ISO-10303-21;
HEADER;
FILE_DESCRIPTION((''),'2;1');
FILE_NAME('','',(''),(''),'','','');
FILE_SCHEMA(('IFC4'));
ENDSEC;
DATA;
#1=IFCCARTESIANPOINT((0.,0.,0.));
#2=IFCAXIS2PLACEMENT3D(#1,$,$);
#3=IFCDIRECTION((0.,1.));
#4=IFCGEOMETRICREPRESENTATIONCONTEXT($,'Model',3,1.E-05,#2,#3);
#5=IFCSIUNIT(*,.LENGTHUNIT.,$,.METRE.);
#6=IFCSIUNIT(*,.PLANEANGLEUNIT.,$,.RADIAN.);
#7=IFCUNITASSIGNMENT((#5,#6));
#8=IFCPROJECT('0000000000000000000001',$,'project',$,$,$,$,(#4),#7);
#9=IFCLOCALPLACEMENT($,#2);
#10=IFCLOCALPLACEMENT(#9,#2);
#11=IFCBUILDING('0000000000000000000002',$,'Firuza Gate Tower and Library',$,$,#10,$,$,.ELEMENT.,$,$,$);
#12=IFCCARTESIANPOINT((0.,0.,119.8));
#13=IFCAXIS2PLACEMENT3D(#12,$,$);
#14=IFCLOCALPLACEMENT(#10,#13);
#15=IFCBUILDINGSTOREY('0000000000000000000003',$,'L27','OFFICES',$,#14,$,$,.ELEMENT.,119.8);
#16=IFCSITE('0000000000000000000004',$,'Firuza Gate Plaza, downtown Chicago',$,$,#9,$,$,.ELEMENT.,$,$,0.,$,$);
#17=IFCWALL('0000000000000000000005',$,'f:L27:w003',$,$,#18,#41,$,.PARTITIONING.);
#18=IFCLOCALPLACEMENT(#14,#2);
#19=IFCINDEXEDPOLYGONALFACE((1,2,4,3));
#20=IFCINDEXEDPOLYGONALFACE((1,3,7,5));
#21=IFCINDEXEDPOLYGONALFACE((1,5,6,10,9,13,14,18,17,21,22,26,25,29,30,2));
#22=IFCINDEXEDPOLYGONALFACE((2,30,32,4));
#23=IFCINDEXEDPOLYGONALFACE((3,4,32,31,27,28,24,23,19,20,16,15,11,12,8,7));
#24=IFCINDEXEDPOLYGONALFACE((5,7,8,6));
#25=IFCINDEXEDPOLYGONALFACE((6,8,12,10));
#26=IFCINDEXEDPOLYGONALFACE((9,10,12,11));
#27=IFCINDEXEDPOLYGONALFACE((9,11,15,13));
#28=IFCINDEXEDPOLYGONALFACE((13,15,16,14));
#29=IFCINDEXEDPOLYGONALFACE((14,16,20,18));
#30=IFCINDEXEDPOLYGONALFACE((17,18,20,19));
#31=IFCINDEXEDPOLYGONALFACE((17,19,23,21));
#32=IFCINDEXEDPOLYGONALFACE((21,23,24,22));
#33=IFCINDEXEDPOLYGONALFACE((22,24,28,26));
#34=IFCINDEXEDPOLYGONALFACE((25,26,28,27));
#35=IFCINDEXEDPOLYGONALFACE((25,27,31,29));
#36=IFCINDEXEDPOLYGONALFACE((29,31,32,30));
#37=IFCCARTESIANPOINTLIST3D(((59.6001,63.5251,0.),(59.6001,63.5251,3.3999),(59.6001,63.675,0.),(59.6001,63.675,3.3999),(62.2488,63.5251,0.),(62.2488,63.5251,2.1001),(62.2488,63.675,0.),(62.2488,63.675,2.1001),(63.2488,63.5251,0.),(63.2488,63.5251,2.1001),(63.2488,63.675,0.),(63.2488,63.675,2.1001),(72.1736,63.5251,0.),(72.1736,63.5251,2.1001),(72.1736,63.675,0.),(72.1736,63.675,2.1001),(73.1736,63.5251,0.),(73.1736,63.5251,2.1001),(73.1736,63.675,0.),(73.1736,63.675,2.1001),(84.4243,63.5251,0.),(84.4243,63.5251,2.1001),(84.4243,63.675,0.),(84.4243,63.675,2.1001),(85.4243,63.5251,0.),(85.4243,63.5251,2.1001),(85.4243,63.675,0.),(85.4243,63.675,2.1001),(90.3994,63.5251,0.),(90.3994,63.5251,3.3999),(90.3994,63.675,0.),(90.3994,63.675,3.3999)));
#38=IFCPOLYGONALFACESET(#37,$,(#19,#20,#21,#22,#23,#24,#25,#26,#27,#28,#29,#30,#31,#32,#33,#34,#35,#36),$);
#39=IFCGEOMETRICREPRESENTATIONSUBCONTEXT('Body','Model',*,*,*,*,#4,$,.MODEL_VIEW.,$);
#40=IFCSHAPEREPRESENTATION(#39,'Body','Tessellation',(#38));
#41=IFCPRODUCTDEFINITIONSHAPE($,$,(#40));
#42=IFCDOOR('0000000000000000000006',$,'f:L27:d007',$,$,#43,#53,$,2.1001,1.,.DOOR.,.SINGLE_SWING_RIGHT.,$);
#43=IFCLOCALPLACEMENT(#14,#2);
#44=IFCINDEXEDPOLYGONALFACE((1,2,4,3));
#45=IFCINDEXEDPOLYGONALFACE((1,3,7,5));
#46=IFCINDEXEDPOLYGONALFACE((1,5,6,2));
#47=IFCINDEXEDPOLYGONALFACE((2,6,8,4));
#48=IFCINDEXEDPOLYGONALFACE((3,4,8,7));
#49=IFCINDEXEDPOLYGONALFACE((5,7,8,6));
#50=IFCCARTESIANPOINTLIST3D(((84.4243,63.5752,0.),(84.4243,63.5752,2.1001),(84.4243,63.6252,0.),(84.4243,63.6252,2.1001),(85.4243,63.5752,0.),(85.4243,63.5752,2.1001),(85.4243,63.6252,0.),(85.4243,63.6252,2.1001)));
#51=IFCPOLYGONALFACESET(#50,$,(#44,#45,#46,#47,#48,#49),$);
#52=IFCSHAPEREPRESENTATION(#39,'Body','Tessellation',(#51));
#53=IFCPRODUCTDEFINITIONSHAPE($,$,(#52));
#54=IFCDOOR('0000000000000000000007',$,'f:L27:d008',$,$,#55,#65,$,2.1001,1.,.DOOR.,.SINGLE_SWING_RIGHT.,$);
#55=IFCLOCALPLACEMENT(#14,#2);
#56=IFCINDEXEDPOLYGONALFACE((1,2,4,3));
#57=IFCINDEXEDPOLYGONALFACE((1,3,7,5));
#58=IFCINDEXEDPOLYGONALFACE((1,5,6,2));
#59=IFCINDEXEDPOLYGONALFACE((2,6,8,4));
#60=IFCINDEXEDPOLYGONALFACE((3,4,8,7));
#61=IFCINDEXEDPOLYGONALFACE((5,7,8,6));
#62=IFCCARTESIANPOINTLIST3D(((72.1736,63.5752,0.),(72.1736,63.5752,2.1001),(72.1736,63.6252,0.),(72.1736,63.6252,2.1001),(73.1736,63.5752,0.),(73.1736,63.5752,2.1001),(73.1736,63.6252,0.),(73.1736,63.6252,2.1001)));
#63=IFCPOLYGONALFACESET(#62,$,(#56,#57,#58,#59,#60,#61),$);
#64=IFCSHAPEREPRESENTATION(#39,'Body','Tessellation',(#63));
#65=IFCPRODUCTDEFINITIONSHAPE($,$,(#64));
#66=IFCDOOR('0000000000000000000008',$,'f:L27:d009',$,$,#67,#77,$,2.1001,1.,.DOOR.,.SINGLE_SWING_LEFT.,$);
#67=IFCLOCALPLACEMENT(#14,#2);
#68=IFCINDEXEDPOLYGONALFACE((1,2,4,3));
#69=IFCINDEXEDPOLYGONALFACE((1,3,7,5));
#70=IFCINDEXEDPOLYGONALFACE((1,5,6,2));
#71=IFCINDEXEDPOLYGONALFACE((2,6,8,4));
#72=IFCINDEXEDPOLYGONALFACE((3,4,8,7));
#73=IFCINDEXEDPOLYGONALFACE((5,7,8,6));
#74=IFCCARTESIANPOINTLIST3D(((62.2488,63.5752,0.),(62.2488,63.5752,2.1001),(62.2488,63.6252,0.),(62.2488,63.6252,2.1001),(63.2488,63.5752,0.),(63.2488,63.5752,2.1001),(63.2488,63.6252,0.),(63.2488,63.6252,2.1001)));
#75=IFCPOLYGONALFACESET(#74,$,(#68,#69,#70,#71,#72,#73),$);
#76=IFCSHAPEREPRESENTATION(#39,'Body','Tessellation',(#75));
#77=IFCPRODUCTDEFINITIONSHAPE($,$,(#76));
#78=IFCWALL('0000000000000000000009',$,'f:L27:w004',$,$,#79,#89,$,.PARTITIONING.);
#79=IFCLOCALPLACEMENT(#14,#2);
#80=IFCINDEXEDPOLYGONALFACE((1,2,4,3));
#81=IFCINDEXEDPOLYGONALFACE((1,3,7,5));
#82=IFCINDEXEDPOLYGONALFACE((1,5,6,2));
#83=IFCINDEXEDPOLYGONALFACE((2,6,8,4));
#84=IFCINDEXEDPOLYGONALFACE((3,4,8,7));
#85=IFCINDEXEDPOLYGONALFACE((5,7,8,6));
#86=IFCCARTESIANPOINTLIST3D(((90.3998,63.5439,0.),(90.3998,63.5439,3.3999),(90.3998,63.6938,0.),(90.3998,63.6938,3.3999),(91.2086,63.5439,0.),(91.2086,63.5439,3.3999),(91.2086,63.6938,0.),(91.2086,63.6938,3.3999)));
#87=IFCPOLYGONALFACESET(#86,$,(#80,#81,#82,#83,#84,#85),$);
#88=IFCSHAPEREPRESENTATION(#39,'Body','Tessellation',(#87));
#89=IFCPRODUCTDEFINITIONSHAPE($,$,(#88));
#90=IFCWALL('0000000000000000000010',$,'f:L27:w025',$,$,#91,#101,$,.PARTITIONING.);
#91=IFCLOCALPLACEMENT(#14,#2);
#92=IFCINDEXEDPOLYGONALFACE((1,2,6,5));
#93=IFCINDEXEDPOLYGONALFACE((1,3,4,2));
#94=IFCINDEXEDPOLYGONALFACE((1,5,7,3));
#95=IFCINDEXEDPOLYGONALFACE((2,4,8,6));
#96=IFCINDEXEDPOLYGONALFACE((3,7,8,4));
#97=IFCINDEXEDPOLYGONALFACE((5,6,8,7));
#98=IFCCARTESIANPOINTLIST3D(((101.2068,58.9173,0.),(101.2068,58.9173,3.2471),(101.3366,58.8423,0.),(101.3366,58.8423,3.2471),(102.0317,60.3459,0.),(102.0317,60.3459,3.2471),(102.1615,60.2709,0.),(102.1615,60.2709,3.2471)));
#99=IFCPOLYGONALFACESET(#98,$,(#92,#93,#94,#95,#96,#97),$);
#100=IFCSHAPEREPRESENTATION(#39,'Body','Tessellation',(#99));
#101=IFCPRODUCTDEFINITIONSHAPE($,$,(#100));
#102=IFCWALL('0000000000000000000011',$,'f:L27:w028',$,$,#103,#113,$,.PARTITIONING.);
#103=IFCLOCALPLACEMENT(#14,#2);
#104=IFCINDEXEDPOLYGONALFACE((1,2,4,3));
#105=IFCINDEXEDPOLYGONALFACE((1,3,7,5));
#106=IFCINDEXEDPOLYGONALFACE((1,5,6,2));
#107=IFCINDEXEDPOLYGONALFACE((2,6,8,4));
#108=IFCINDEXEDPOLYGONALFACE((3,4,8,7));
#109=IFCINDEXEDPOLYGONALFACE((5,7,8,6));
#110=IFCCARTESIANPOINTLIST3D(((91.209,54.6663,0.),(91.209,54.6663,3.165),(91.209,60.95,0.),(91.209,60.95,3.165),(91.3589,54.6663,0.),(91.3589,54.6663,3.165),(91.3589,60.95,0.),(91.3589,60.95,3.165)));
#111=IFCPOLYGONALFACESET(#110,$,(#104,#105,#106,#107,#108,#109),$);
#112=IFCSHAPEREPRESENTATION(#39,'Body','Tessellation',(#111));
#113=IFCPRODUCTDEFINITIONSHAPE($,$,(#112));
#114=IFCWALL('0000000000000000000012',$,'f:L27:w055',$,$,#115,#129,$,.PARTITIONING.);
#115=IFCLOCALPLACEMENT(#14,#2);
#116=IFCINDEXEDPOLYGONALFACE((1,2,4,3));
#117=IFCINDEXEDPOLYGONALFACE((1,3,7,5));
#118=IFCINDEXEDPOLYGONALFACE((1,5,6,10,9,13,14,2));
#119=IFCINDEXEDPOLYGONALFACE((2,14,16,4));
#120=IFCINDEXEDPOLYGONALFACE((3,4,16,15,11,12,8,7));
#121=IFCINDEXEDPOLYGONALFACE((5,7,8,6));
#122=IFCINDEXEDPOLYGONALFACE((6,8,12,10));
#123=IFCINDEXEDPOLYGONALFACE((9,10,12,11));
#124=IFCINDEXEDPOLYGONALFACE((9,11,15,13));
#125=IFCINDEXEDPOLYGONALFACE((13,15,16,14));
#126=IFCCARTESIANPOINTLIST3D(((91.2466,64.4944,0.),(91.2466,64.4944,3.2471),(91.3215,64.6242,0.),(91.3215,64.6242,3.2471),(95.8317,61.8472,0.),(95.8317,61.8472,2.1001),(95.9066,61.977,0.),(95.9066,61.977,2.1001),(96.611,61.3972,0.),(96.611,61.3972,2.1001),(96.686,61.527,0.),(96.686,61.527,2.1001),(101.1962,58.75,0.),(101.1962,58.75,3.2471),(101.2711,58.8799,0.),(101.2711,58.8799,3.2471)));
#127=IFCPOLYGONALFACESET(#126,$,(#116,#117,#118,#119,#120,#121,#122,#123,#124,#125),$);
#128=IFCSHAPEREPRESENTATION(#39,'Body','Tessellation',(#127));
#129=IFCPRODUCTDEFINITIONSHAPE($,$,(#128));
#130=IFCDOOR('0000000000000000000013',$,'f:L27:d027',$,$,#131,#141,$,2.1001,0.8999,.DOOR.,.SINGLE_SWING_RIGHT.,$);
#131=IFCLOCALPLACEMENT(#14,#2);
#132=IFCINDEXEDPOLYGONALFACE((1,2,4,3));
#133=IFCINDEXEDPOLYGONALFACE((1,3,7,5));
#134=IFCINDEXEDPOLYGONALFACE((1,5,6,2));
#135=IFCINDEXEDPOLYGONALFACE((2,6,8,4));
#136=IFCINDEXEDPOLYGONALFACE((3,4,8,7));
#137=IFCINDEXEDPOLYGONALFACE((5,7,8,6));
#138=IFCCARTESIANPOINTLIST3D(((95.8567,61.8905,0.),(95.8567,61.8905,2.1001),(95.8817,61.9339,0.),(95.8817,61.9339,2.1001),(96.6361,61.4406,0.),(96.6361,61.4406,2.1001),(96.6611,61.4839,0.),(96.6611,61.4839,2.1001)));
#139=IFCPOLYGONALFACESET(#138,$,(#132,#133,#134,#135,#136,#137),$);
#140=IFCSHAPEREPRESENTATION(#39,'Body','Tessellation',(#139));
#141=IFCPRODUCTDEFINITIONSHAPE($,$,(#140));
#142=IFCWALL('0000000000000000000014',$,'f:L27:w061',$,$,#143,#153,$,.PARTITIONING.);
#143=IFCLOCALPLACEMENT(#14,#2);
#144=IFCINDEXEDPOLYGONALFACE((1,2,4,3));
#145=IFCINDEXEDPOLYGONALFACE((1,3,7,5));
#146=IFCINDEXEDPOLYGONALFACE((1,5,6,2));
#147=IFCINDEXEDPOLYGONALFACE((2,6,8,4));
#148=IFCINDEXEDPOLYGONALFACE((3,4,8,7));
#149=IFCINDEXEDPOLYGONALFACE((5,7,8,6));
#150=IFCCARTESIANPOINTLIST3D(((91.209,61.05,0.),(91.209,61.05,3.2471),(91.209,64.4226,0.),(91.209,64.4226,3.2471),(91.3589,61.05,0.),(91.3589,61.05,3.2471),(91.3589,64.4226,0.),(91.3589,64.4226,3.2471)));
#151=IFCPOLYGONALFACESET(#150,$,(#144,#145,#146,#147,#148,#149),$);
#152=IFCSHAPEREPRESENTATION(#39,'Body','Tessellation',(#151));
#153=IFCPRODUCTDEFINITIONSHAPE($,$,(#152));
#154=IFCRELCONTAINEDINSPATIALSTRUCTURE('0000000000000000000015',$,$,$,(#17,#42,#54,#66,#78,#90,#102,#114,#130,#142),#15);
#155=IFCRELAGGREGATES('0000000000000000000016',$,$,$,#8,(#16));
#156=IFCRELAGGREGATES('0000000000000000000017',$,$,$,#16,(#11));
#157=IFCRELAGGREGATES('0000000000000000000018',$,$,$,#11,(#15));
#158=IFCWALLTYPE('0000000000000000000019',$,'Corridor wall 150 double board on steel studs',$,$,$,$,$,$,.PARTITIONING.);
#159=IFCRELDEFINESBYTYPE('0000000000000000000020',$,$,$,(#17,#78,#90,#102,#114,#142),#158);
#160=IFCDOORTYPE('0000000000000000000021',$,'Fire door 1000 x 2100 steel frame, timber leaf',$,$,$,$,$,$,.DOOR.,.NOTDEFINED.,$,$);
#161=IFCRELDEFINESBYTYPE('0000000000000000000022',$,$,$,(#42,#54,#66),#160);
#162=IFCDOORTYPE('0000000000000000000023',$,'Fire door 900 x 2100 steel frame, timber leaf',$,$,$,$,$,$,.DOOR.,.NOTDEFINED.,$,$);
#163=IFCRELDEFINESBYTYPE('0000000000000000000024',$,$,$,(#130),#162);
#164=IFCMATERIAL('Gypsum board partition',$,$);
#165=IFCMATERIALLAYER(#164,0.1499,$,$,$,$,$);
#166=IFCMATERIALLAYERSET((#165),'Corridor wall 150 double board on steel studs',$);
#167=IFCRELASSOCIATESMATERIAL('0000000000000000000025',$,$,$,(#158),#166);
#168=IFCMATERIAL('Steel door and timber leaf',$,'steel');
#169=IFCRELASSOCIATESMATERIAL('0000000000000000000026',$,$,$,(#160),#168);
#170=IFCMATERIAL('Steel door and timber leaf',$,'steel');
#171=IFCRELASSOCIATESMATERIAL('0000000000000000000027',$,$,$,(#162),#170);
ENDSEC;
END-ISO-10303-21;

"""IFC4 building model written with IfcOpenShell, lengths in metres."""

from ifc_helpers import new_model, si_unit, direction, frame, frame_2d, origin, place, context, subcontext, project, spatial, rectangle, extrude, material, layer, layer_set, type_object, element, fill, save


model = new_model("IFC4")

# Units and contexts
model_context = context("Model", 3, precision=1e-05, world=origin(), true_north=direction((0.0, 1.0)))
body_context = subcontext(model_context, "Body", "Model", "MODEL_VIEW")
ifc_project = project(units=[si_unit("LENGTHUNIT", "METRE"), si_unit("PLANEANGLEUNIT", "RADIAN")], contexts=[model_context])

# Site, building, storey
site_placement = place(None, origin())
site = spatial("IfcSite", under=ifc_project, at=site_placement, Name="Firuza Gate Plaza, downtown Chicago", CompositionType="ELEMENT", RefElevation=0.0)
building_placement = place(site_placement, origin())
building = spatial("IfcBuilding", under=site, at=building_placement, Name="Firuza Gate Tower and Library", CompositionType="ELEMENT")
storey_placement = place(building_placement, frame((0.0, 0.0, 119.8)))
storey = spatial("IfcBuildingStorey", under=building, at=storey_placement, Name="L27", Description="OFFICES", CompositionType="ELEMENT", Elevation=119.8)

# Wall, openings, doors
ifc_material_1 = material(Name="Gypsum board partition")
ifc_layer_1 = layer(ifc_material_1, 0.1499)
ifc_layer_set_1 = layer_set([ifc_layer_1], Name="Corridor wall 150 double board on steel studs")
wall_type = type_object("IfcWallType", Name="Corridor wall 150 double board on steel studs", PredefinedType="PARTITIONING", material=ifc_layer_set_1)
wall_1_placement = place(storey_placement, frame((90.3994, 63.6001, 0.0), z_axis=(0.0, 0.0, 1.0), x_axis=(-1.0, 0.0, 0.0)))
wall_1 = element("IfcWall", 1, at=wall_1_placement, inside=storey, type_object=wall_type, Name="f:L27:w003", PredefinedType="PARTITIONING", context=body_context, shape_type="SweptSolid", body=[
    extrude(rectangle(XDim=30.7993, YDim=0.1499, at=frame_2d((15.3997, 0.0))), origin(), (0.0, 0.0, 1.0), 3.3999),
])
opening_1_placement = place(wall_1_placement, frame((4.9751, 0.0, 0.0)))
opening_1 = element("IfcOpeningElement", 2, at=opening_1_placement, cuts=wall_1, PredefinedType="OPENING", context=body_context, shape_type="SweptSolid", body=[
    extrude(rectangle(XDim=1.0, YDim=2.1001, at=frame_2d((0.5, 1.05))), frame((0.0, 0.085, 0.0), z_axis=(0.0, -1.0, 0.0), x_axis=(1.0, 0.0, 0.0)), (0.0, 0.0, 1.0), 0.1699),
])
opening_2_placement = place(wall_1_placement, frame((17.2258, 0.0, 0.0)))
opening_2 = element("IfcOpeningElement", 3, at=opening_2_placement, cuts=wall_1, PredefinedType="OPENING", context=body_context, shape_type="SweptSolid", body=[
    extrude(rectangle(XDim=1.0, YDim=2.1001, at=frame_2d((0.5, 1.05))), frame((0.0, 0.085, 0.0), z_axis=(0.0, -1.0, 0.0), x_axis=(1.0, 0.0, 0.0)), (0.0, 0.0, 1.0), 0.1699),
])
opening_3_placement = place(wall_1_placement, frame((27.1506, 0.0, 0.0)))
opening_3 = element("IfcOpeningElement", 4, at=opening_3_placement, cuts=wall_1, PredefinedType="OPENING", context=body_context, shape_type="SweptSolid", body=[
    extrude(rectangle(XDim=1.0, YDim=2.1001, at=frame_2d((0.5, 1.05))), frame((0.0, 0.085, 0.0), z_axis=(0.0, -1.0, 0.0), x_axis=(1.0, 0.0, 0.0)), (0.0, 0.0, 1.0), 0.1699),
])
ifc_material_2 = material(Name="Steel door and timber leaf", Category="steel")
door_type_1 = type_object("IfcDoorType", Name="Fire door 1000 x 2100 steel frame, timber leaf", OperationType="NOTDEFINED", PredefinedType="DOOR", material=ifc_material_2)
door_1_placement = place(opening_1_placement, origin())
door_1 = element("IfcDoor", 5, at=door_1_placement, inside=storey, type_object=door_type_1, Name="f:L27:d007", OperationType="SINGLE_SWING_RIGHT", OverallHeight=2.1001, OverallWidth=1.0, PredefinedType="DOOR", context=body_context, shape_type="SweptSolid", body=[
    extrude(rectangle(XDim=1.0, YDim=2.1001, at=frame_2d((0.5, 1.05))), frame((0.0, 0.0249, 0.0), z_axis=(0.0, -1.0, 0.0), x_axis=(1.0, 0.0, 0.0)), (0.0, 0.0, 1.0), 0.05),
])
fill(opening_1, door_1)
door_2_placement = place(opening_2_placement, origin())
door_2 = element("IfcDoor", 6, at=door_2_placement, inside=storey, type_object=door_type_1, Name="f:L27:d008", OperationType="SINGLE_SWING_RIGHT", OverallHeight=2.1001, OverallWidth=1.0, PredefinedType="DOOR", context=body_context, shape_type="SweptSolid", body=[
    extrude(rectangle(XDim=1.0, YDim=2.1001, at=frame_2d((0.5, 1.05))), frame((0.0, 0.0249, 0.0), z_axis=(0.0, -1.0, 0.0), x_axis=(1.0, 0.0, 0.0)), (0.0, 0.0, 1.0), 0.05),
])
fill(opening_2, door_2)
door_3_placement = place(opening_3_placement, origin())
door_3 = element("IfcDoor", 7, at=door_3_placement, inside=storey, type_object=door_type_1, Name="f:L27:d009", OperationType="SINGLE_SWING_LEFT", OverallHeight=2.1001, OverallWidth=1.0, PredefinedType="DOOR", context=body_context, shape_type="SweptSolid", body=[
    extrude(rectangle(XDim=1.0, YDim=2.1001, at=frame_2d((0.5, 1.05))), frame((0.0, 0.0249, 0.0), z_axis=(0.0, -1.0, 0.0), x_axis=(1.0, 0.0, 0.0)), (0.0, 0.0, 1.0), 0.05),
])
fill(opening_3, door_3)

# Walls
wall_2_placement = place(storey_placement, frame((90.3999, 63.6189, 0.0), z_axis=(0.0, 0.0, 1.0), x_axis=(1.0, 0.0, 0.0)))
element("IfcWall", 8, at=wall_2_placement, inside=storey, type_object=wall_type, Name="f:L27:w004", PredefinedType="PARTITIONING", context=body_context, shape_type="SweptSolid", body=[
    extrude(rectangle(XDim=0.8088, YDim=0.1499, at=frame_2d((0.4043, 0.0))), origin(), (0.0, 0.0, 1.0), 3.3999),
])
wall_3_placement = place(storey_placement, frame((101.2717, 58.8799, 0.0), z_axis=(0.0, 0.0, 1.0), x_axis=(0.500038, 0.866003, 0.0)))
element("IfcWall", 9, at=wall_3_placement, inside=storey, type_object=wall_type, Name="f:L27:w025", PredefinedType="PARTITIONING", context=body_context, shape_type="SweptSolid", body=[
    extrude(rectangle(XDim=1.6497, YDim=0.1499, at=frame_2d((0.8247, 0.0))), origin(), (0.0, 0.0, 1.0), 3.2471),
])
wall_4_placement = place(storey_placement, frame((91.2839, 54.6663, 0.0), z_axis=(0.0, 0.0, 1.0), x_axis=(0.0, 1.0, 0.0)))
element("IfcWall", 10, at=wall_4_placement, inside=storey, type_object=wall_type, Name="f:L27:w028", PredefinedType="PARTITIONING", context=body_context, shape_type="SweptSolid", body=[
    extrude(rectangle(XDim=6.2837, YDim=0.1499, at=frame_2d((3.1418, 0.0))), origin(), (0.0, 0.0, 1.0), 3.165),
])

# Wall, opening, door
wall_5_placement = place(storey_placement, frame((101.2336, 58.8149, 0.0), z_axis=(0.0, 0.0, 1.0), x_axis=(-0.866028, 0.499995, 0.0)))
wall_5 = element("IfcWall", 11, at=wall_5_placement, inside=storey, type_object=wall_type, Name="f:L27:w055", PredefinedType="PARTITIONING", context=body_context, shape_type="SweptSolid", body=[
    extrude(rectangle(XDim=11.4888, YDim=0.1499, at=frame_2d((5.7444, 0.0))), origin(), (0.0, 0.0, 1.0), 3.2471),
])
opening_4_placement = place(wall_5_placement, frame((5.2944, 0.0, 0.0)))
opening_4 = element("IfcOpeningElement", 12, at=opening_4_placement, cuts=wall_5, PredefinedType="OPENING", context=body_context, shape_type="SweptSolid", body=[
    extrude(rectangle(XDim=0.8999, YDim=2.1001, at=frame_2d((0.45, 1.05))), frame((0.0, 0.085, 0.0), z_axis=(0.0, -1.0, 0.0), x_axis=(1.0, 0.0, 0.0)), (0.0, 0.0, 1.0), 0.1699),
])
ifc_material_3 = material(Name="Steel door and timber leaf", Category="steel")
door_type_2 = type_object("IfcDoorType", Name="Fire door 900 x 2100 steel frame, timber leaf", OperationType="NOTDEFINED", PredefinedType="DOOR", material=ifc_material_3)
door_4_placement = place(opening_4_placement, origin())
door_4 = element("IfcDoor", 13, at=door_4_placement, inside=storey, type_object=door_type_2, Name="f:L27:d027", OperationType="SINGLE_SWING_RIGHT", OverallHeight=2.1001, OverallWidth=0.8999, PredefinedType="DOOR", context=body_context, shape_type="SweptSolid", body=[
    extrude(rectangle(XDim=0.8999, YDim=2.1001, at=frame_2d((0.45, 1.05))), frame((0.0, 0.0249, 0.0), z_axis=(0.0, -1.0, 0.0), x_axis=(1.0, 0.0, 0.0)), (0.0, 0.0, 1.0), 0.05),
])
fill(opening_4, door_4)

# Wall
wall_6_placement = place(storey_placement, frame((91.2839, 61.05, 0.0), z_axis=(0.0, 0.0, 1.0), x_axis=(0.0, 1.0, 0.0)))
element("IfcWall", 14, at=wall_6_placement, inside=storey, type_object=wall_type, Name="f:L27:w061", PredefinedType="PARTITIONING", context=body_context, shape_type="SweptSolid", body=[
    extrude(rectangle(XDim=3.3726, YDim=0.1499, at=frame_2d((1.6863, 0.0))), origin(), (0.0, 0.0, 1.0), 3.2471),
])

save(model, "model.ifc")
